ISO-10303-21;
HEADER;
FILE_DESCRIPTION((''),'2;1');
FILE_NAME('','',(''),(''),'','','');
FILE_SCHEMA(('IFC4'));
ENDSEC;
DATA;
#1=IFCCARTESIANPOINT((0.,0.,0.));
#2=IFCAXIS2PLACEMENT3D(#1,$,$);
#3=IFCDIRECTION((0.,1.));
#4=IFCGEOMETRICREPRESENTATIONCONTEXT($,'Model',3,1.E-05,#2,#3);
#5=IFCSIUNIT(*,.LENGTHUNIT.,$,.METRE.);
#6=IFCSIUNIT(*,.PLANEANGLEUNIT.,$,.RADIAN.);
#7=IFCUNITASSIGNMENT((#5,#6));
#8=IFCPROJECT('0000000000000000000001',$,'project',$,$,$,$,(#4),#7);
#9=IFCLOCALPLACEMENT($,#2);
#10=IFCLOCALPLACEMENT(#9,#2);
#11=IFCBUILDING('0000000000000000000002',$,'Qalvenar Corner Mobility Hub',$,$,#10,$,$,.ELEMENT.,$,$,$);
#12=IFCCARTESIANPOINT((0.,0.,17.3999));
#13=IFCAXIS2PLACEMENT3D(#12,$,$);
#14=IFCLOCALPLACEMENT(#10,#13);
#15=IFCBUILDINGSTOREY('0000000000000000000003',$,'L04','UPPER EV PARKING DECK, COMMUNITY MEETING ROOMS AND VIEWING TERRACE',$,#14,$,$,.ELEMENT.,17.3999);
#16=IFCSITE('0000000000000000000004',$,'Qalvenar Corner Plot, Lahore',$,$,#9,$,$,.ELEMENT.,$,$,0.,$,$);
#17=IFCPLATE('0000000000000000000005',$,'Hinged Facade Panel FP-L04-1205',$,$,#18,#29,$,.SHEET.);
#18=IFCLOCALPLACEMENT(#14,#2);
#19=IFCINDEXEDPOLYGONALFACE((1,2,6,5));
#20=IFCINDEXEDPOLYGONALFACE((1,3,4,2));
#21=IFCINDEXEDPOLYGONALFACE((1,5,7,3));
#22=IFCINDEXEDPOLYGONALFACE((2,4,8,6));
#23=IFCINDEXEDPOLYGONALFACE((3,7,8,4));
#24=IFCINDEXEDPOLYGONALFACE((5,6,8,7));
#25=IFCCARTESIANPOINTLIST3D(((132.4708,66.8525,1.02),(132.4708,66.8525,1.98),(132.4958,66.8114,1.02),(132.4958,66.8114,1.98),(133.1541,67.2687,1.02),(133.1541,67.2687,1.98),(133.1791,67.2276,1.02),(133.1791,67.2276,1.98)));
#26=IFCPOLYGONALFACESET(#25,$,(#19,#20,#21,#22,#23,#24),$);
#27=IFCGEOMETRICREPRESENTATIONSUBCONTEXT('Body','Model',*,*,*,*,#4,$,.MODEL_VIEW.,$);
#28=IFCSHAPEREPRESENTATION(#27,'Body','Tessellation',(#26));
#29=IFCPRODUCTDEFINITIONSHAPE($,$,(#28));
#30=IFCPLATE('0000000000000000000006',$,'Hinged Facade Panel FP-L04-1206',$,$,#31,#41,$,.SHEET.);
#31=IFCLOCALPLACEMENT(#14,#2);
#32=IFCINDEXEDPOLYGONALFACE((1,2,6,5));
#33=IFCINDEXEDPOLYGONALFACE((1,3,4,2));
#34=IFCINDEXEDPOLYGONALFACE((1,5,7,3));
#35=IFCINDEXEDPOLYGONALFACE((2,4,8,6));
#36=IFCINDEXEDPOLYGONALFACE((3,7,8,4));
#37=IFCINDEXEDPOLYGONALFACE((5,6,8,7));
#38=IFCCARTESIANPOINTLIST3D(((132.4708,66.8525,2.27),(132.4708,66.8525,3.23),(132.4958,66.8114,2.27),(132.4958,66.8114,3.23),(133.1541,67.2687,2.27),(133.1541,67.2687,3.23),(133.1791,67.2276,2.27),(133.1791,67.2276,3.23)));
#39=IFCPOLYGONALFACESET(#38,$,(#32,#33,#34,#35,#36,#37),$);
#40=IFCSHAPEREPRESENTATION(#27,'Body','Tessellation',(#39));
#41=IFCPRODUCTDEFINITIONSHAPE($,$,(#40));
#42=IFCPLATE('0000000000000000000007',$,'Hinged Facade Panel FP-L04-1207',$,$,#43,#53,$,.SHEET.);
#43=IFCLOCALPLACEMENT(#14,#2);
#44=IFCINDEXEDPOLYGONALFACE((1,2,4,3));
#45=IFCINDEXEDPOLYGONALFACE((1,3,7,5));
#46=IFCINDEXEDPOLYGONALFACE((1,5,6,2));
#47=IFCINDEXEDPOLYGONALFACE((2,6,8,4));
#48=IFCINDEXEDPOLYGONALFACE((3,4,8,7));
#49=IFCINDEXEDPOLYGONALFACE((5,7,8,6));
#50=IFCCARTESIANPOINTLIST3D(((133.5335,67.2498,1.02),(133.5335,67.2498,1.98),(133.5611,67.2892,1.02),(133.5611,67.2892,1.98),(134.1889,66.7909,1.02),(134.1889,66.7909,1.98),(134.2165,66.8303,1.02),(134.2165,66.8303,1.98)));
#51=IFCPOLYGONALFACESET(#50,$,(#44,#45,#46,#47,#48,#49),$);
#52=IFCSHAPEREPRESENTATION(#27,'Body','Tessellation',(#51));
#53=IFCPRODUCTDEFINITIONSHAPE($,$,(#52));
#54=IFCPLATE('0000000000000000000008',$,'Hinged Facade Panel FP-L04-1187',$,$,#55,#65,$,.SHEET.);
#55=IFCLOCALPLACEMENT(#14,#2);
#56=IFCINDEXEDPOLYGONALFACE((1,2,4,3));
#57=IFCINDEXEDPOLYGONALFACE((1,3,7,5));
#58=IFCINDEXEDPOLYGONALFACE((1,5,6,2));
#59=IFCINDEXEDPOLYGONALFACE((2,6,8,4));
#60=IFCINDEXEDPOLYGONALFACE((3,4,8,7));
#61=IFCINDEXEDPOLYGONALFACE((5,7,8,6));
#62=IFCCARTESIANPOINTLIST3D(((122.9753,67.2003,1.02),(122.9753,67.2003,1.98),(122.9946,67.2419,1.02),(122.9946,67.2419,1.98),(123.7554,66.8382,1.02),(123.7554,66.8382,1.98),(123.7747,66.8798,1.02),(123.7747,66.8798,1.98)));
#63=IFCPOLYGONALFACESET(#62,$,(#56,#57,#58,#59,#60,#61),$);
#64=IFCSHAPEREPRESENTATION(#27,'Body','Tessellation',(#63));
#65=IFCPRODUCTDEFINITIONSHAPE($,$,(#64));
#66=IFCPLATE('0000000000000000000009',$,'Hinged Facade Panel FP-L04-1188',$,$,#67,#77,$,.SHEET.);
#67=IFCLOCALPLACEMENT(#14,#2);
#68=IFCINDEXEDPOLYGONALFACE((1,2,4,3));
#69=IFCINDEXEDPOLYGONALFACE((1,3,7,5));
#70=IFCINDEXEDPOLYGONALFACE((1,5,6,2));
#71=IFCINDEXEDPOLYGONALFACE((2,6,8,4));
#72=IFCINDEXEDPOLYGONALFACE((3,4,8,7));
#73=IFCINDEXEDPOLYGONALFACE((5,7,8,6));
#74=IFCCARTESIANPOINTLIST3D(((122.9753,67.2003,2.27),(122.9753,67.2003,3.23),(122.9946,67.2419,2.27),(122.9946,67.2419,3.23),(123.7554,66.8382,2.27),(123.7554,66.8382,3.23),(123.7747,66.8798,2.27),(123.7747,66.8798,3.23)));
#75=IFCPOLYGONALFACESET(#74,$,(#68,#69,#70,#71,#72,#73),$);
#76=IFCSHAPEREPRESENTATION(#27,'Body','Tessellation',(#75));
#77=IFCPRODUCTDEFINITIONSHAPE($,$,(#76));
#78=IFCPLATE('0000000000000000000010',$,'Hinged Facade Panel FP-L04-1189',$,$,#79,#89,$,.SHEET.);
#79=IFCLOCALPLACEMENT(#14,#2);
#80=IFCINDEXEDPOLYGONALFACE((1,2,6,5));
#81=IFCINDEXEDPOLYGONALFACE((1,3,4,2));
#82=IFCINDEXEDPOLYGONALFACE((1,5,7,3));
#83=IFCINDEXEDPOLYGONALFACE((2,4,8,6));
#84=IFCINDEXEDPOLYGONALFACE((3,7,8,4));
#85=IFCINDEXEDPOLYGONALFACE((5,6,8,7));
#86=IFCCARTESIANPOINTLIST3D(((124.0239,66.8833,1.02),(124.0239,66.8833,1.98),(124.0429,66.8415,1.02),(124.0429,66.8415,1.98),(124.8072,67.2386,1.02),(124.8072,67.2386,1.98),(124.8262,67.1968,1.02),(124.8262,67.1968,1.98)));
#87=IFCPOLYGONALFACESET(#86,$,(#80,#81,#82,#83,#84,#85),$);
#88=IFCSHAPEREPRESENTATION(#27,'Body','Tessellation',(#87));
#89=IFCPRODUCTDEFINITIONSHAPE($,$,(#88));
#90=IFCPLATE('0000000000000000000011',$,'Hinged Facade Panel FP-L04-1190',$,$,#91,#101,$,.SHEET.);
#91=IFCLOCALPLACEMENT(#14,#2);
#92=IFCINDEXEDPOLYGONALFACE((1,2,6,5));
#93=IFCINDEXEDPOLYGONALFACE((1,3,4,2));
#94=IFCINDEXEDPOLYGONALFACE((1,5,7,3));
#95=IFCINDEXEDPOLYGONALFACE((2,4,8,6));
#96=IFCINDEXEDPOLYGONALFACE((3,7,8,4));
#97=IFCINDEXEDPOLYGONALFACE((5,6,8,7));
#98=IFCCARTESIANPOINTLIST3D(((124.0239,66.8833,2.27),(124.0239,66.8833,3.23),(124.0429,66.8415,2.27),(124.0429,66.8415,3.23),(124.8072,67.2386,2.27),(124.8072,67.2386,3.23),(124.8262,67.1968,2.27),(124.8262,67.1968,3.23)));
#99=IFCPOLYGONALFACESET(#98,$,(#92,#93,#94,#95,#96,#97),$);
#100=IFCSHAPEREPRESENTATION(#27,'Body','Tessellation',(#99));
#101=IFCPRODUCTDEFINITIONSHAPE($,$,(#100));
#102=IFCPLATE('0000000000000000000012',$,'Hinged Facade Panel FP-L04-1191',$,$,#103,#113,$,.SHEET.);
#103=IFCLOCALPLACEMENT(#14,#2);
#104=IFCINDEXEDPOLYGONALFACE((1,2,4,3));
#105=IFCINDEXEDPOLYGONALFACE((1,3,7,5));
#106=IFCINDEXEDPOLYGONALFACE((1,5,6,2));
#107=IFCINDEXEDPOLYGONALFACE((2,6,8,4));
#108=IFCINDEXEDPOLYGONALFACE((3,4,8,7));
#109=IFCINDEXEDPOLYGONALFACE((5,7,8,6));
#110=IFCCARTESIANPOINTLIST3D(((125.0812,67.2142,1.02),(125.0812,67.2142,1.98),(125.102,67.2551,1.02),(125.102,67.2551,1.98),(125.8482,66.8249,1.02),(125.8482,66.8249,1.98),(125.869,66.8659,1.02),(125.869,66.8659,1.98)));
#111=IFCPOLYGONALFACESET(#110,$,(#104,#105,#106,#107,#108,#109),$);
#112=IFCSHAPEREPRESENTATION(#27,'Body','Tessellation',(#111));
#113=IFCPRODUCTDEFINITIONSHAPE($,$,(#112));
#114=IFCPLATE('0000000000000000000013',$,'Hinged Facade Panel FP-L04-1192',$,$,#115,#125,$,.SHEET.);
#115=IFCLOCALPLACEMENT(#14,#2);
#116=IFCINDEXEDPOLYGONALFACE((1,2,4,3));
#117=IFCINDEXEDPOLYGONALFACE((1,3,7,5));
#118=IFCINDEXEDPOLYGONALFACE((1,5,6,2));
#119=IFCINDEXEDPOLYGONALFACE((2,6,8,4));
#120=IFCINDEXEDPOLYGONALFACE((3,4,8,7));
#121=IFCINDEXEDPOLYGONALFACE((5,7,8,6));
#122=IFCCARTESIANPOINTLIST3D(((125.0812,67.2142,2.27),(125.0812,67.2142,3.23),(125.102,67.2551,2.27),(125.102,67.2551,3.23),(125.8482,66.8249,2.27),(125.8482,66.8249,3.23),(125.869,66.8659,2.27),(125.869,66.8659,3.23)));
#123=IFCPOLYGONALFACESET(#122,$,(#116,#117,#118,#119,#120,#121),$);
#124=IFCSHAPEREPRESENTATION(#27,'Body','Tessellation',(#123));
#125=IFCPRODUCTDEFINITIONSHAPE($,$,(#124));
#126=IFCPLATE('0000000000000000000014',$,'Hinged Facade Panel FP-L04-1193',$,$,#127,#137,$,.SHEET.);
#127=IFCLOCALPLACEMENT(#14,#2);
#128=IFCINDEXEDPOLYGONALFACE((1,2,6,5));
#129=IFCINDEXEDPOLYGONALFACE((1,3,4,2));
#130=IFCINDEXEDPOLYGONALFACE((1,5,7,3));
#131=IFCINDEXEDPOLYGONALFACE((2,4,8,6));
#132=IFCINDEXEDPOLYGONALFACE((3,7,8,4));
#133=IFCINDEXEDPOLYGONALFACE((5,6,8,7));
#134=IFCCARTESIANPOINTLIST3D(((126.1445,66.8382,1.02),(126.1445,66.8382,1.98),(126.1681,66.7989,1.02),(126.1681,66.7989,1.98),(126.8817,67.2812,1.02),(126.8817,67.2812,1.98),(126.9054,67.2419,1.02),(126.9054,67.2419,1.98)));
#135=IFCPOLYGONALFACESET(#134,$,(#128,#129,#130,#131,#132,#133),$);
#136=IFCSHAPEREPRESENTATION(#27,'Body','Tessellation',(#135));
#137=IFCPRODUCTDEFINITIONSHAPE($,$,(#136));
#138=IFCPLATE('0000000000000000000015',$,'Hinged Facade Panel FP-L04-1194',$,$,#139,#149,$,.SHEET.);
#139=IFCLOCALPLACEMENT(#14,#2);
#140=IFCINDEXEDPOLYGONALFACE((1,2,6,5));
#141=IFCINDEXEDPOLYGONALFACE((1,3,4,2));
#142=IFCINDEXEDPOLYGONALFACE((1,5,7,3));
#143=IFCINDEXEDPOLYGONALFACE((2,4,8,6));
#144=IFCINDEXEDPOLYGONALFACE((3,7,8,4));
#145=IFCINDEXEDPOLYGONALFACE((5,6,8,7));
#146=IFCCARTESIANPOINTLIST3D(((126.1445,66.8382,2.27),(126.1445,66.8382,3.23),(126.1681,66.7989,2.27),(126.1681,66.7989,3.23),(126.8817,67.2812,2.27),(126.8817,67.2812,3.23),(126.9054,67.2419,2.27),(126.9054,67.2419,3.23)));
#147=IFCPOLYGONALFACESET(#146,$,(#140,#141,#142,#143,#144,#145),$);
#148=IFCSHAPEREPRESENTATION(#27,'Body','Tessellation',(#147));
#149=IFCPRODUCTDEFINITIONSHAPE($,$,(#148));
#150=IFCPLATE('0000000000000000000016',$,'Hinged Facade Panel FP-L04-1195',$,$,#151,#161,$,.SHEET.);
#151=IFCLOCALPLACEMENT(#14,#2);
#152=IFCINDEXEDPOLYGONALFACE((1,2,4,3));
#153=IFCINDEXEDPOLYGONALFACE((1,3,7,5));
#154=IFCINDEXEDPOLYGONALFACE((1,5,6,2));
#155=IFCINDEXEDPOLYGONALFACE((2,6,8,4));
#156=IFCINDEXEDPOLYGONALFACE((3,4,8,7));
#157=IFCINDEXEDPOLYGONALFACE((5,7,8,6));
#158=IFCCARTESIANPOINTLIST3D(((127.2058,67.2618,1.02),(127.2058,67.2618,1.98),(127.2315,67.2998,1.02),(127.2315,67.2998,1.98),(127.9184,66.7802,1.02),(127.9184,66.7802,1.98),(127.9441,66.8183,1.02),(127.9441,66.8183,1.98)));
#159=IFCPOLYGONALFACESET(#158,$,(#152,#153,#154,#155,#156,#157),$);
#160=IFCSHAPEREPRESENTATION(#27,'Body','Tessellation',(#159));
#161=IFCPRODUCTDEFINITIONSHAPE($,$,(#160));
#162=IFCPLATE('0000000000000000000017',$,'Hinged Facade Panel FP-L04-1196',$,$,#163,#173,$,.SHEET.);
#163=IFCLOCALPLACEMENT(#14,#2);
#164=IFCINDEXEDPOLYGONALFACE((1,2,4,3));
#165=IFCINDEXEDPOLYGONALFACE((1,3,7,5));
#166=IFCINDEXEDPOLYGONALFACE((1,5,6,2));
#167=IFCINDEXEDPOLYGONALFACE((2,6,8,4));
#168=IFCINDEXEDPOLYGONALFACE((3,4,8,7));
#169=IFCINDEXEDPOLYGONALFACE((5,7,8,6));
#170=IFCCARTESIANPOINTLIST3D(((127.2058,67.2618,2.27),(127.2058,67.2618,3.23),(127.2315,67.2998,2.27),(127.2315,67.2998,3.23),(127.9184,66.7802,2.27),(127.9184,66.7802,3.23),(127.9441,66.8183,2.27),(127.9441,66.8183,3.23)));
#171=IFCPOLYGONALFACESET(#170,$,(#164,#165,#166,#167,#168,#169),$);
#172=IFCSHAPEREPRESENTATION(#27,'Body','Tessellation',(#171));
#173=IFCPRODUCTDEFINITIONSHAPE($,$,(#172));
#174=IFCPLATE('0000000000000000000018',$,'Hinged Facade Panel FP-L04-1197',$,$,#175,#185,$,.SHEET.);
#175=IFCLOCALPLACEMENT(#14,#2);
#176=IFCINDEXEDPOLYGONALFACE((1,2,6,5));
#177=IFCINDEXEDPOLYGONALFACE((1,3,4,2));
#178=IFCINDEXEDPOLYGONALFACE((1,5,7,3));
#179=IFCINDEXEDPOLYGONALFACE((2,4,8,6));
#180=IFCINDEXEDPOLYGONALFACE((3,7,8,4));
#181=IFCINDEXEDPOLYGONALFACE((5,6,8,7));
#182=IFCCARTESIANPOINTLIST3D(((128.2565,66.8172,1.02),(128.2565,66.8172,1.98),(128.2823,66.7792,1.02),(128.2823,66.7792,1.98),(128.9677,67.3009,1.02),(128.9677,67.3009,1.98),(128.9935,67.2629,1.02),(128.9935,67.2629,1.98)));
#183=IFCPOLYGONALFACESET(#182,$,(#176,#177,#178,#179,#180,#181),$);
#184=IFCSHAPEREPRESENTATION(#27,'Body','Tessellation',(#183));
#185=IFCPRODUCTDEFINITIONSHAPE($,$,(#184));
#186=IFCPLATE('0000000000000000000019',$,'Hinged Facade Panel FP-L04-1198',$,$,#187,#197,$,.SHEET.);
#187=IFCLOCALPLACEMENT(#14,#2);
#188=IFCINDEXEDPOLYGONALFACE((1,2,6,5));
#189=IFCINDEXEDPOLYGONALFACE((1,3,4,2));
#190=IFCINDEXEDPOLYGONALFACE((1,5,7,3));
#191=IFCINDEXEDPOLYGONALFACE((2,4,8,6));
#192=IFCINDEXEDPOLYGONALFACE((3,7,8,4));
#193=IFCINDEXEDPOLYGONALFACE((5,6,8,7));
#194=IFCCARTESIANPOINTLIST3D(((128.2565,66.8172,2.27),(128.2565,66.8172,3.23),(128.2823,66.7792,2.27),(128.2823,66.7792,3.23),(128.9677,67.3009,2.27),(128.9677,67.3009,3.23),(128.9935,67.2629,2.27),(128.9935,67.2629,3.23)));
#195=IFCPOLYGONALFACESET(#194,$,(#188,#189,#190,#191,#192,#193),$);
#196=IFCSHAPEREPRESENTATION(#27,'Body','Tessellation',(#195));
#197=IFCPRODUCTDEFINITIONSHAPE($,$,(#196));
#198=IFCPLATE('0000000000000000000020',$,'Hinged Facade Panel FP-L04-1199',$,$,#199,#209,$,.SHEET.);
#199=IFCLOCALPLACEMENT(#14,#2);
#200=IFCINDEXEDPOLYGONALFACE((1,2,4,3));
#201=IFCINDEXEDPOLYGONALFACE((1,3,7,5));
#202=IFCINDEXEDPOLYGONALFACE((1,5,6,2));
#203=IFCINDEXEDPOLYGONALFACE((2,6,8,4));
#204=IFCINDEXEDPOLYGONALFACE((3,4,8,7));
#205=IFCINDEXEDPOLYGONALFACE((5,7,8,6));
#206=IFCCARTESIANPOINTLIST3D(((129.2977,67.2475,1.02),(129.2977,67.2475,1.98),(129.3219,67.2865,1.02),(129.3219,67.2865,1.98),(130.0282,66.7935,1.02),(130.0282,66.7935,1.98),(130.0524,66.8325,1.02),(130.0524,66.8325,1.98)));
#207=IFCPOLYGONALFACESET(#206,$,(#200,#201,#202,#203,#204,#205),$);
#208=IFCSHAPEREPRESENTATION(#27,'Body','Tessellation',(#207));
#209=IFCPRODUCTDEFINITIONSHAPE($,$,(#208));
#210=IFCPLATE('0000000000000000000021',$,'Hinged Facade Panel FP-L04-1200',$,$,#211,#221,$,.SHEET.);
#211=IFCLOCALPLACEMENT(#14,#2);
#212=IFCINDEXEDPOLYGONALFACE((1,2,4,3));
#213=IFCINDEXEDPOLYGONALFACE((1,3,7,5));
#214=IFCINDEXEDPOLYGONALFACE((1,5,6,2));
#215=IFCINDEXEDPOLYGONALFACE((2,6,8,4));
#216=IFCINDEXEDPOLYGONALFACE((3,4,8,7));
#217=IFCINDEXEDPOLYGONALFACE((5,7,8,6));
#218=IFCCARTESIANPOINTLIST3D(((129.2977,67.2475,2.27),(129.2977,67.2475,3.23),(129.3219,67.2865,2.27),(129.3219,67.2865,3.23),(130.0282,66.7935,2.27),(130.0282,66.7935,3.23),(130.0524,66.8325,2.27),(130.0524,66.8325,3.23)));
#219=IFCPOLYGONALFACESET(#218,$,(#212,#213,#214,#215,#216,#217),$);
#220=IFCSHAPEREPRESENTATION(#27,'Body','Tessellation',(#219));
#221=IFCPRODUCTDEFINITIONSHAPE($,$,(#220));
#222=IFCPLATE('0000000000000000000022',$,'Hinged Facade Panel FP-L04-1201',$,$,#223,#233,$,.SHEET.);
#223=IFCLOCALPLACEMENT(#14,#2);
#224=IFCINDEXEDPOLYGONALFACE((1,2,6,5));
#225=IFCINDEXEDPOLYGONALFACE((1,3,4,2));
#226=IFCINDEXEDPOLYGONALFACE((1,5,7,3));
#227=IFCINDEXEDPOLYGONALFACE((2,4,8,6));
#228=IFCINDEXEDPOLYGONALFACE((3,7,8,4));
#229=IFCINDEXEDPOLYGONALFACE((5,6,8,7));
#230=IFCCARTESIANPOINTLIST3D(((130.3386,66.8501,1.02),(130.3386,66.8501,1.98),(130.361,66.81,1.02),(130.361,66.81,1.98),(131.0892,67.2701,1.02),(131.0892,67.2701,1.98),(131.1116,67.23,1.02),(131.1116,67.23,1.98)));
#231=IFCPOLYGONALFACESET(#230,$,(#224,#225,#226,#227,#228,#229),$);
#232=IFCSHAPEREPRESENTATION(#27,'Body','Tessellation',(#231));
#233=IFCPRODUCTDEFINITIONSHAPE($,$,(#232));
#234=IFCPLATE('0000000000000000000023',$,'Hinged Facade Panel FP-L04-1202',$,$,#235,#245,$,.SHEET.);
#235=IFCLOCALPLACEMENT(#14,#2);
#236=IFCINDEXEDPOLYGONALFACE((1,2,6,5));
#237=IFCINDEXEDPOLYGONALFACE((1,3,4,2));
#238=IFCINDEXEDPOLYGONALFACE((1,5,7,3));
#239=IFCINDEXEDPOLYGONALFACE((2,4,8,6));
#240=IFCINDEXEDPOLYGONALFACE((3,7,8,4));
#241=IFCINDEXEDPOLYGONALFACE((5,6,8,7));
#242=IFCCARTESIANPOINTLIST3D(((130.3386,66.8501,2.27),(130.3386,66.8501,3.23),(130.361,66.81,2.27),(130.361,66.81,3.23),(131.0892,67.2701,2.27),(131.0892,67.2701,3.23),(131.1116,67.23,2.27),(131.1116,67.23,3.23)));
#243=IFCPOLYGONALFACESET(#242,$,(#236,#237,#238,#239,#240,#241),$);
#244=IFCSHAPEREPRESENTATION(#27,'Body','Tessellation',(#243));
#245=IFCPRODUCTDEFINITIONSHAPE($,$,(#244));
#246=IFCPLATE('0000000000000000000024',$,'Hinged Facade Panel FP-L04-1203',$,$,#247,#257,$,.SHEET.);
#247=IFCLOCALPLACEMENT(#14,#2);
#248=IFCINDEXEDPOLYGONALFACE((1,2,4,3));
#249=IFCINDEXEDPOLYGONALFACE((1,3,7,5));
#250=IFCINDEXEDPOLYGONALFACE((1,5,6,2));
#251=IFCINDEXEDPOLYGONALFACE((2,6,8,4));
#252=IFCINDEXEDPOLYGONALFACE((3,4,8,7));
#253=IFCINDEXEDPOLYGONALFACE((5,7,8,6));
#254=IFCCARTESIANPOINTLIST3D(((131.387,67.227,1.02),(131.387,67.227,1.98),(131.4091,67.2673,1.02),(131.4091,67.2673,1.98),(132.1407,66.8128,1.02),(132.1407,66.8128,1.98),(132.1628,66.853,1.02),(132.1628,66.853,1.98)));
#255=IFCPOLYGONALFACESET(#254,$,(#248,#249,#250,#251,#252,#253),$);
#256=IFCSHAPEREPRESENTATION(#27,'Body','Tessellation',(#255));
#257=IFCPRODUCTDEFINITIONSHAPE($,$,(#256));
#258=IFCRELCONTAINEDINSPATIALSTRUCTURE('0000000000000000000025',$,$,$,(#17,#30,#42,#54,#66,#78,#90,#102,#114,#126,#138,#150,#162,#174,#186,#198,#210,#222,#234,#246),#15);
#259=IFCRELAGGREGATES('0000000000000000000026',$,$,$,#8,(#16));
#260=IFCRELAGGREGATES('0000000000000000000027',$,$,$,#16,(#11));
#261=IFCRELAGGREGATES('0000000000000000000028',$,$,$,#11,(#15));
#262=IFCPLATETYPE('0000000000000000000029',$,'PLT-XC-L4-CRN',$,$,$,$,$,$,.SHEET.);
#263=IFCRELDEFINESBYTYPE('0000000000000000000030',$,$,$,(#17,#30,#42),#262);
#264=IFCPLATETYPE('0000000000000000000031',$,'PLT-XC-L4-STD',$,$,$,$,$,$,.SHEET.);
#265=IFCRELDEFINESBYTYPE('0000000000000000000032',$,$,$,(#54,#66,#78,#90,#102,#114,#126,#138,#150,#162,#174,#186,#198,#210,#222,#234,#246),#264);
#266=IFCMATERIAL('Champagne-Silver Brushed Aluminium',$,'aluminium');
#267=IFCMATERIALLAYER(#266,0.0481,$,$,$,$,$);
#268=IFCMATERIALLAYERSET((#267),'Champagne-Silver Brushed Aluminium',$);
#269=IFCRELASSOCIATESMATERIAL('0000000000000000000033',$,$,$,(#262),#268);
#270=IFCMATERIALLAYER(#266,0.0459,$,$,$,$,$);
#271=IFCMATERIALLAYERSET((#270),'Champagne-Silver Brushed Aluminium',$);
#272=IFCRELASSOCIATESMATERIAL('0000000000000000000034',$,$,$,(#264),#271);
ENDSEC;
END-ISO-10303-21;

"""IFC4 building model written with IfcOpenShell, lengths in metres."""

from ifc_helpers import new_model, si_unit, direction, frame, origin, origin_2d, place, context, subcontext, project, spatial, rectangle, extrude, material, layer, layer_set, type_object, element, save


model = new_model("IFC4")

# Units and contexts
model_context = context("Model", 3, precision=1e-05, world=origin(), true_north=direction((0.0, 1.0)))
body_context = subcontext(model_context, "Body", "Model", "MODEL_VIEW")
ifc_project = project(units=[si_unit("LENGTHUNIT", "METRE"), si_unit("PLANEANGLEUNIT", "RADIAN")], contexts=[model_context])

# Site, building, storey
site_placement = place(None, origin())
site = spatial("IfcSite", under=ifc_project, at=site_placement, Name="Qalvenar Corner Plot, Lahore", CompositionType="ELEMENT", RefElevation=0.0)
building_placement = place(site_placement, origin())
building = spatial("IfcBuilding", under=site, at=building_placement, Name="Qalvenar Corner Mobility Hub", CompositionType="ELEMENT")
storey_placement = place(building_placement, frame((0.0, 0.0, 17.3999)))
storey = spatial("IfcBuildingStorey", under=building, at=storey_placement, Name="L04", Description="UPPER EV PARKING DECK, COMMUNITY MEETING ROOMS AND VIEWING TERRACE", CompositionType="ELEMENT", Elevation=17.3999)

# Plates
ifc_material_1 = material(Name="Champagne-Silver Brushed Aluminium", Category="aluminium")
ifc_layer_1 = layer(ifc_material_1, 0.0481)
ifc_layer_set_1 = layer_set([ifc_layer_1], Name="Champagne-Silver Brushed Aluminium")
plate_type_1 = type_object("IfcPlateType", Name="PLT-XC-L4-CRN", PredefinedType="SHEET", material=ifc_layer_set_1)
for number, where, z_axis, x_axis, name in (
    (1, (132.825, 67.04, 1.02), (0.0, 0.0, 1.0), (0.854005, 0.520265, 0.0), "Hinged Facade Panel FP-L04-1205"),
    (2, (132.825, 67.04, 2.27), (0.0, 0.0, 1.0), (0.854005, 0.520265, 0.0), "Hinged Facade Panel FP-L04-1206"),
    (3, (133.875, 67.04, 1.02), (0.0, 0.0, 1.0), (0.819152, -0.573576, 0.0), "Hinged Facade Panel FP-L04-1207"),
):
    element("IfcPlate", number, at=place(storey_placement, frame(where, z_axis=z_axis, x_axis=x_axis)), inside=storey, type_object=plate_type_1, Name=name, PredefinedType="SHEET", context=body_context, shape_type="SweptSolid", body=[
        extrude(rectangle(XDim=0.8, YDim=0.0481, at=origin_2d()), origin(), (0.0, 0.0, 1.0), 0.96),
    ])
ifc_layer_2 = layer(ifc_material_1, 0.0459)
ifc_layer_set_2 = layer_set([ifc_layer_2], Name="Champagne-Silver Brushed Aluminium")
plate_type_2 = type_object("IfcPlateType", Name="PLT-XC-L4-STD", PredefinedType="SHEET", material=ifc_layer_set_2)
for number, where, z_axis, x_axis, name in (
    (4, (123.375, 67.04, 1.02), (0.0, 0.0, 1.0), (0.907044, -0.421036, 0.0), "Hinged Facade Panel FP-L04-1187"),
    (5, (123.375, 67.04, 2.27), (0.0, 0.0, 1.0), (0.907044, -0.421036, 0.0), "Hinged Facade Panel FP-L04-1188"),
    (6, (124.425, 67.04, 1.02), (0.0, 0.0, 1.0), (0.910684, 0.413104, 0.0), "Hinged Facade Panel FP-L04-1189"),
    (7, (124.425, 67.04, 2.27), (0.0, 0.0, 1.0), (0.910684, 0.413104, 0.0), "Hinged Facade Panel FP-L04-1190"),
    (8, (125.4751, 67.04, 1.02), (0.0, 0.0, 1.0), (0.891719, -0.45259, 0.0), "Hinged Facade Panel FP-L04-1191"),
    (9, (125.4751, 67.04, 2.27), (0.0, 0.0, 1.0), (0.891719, -0.45259, 0.0), "Hinged Facade Panel FP-L04-1192"),
    (10, (126.5249, 67.04, 1.02), (0.0, 0.0, 1.0), (0.857167, 0.515038, 0.0), "Hinged Facade Panel FP-L04-1193"),
    (11, (126.5249, 67.04, 2.27), (0.0, 0.0, 1.0), (0.857167, 0.515038, 0.0), "Hinged Facade Panel FP-L04-1194"),
    (12, (127.575, 67.04, 1.02), (0.0, 0.0, 1.0), (0.828549, -0.559916, 0.0), "Hinged Facade Panel FP-L04-1195"),
    (13, (127.575, 67.04, 2.27), (0.0, 0.0, 1.0), (0.828549, -0.559916, 0.0), "Hinged Facade Panel FP-L04-1196"),
    (14, (128.625, 67.04, 1.02), (0.0, 0.0, 1.0), (0.826884, 0.562372, 0.0), "Hinged Facade Panel FP-L04-1197"),
    (15, (128.625, 67.04, 2.27), (0.0, 0.0, 1.0), (0.826884, 0.562372, 0.0), "Hinged Facade Panel FP-L04-1198"),
    (16, (129.675, 67.04, 1.02), (0.0, 0.0, 1.0), (0.84934, -0.527846, 0.0), "Hinged Facade Panel FP-L04-1199"),
    (17, (129.675, 67.04, 2.27), (0.0, 0.0, 1.0), (0.84934, -0.527846, 0.0), "Hinged Facade Panel FP-L04-1200"),
    (18, (130.7251, 67.04, 1.02), (0.0, 0.0, 1.0), (0.872667, 0.488317, 0.0), "Hinged Facade Panel FP-L04-1201"),
    (19, (130.7251, 67.04, 2.27), (0.0, 0.0, 1.0), (0.872667, 0.488317, 0.0), "Hinged Facade Panel FP-L04-1202"),
    (20, (131.7749, 67.04, 1.02), (0.0, 0.0, 1.0), (0.876391, -0.481601, 0.0), "Hinged Facade Panel FP-L04-1203"),
):
    element("IfcPlate", number, at=place(storey_placement, frame(where, z_axis=z_axis, x_axis=x_axis)), inside=storey, type_object=plate_type_2, Name=name, PredefinedType="SHEET", context=body_context, shape_type="SweptSolid", body=[
        extrude(rectangle(XDim=0.8601, YDim=0.0459, at=origin_2d()), origin(), (0.0, 0.0, 1.0), 0.96),
    ])

save(model, "model.ifc")
